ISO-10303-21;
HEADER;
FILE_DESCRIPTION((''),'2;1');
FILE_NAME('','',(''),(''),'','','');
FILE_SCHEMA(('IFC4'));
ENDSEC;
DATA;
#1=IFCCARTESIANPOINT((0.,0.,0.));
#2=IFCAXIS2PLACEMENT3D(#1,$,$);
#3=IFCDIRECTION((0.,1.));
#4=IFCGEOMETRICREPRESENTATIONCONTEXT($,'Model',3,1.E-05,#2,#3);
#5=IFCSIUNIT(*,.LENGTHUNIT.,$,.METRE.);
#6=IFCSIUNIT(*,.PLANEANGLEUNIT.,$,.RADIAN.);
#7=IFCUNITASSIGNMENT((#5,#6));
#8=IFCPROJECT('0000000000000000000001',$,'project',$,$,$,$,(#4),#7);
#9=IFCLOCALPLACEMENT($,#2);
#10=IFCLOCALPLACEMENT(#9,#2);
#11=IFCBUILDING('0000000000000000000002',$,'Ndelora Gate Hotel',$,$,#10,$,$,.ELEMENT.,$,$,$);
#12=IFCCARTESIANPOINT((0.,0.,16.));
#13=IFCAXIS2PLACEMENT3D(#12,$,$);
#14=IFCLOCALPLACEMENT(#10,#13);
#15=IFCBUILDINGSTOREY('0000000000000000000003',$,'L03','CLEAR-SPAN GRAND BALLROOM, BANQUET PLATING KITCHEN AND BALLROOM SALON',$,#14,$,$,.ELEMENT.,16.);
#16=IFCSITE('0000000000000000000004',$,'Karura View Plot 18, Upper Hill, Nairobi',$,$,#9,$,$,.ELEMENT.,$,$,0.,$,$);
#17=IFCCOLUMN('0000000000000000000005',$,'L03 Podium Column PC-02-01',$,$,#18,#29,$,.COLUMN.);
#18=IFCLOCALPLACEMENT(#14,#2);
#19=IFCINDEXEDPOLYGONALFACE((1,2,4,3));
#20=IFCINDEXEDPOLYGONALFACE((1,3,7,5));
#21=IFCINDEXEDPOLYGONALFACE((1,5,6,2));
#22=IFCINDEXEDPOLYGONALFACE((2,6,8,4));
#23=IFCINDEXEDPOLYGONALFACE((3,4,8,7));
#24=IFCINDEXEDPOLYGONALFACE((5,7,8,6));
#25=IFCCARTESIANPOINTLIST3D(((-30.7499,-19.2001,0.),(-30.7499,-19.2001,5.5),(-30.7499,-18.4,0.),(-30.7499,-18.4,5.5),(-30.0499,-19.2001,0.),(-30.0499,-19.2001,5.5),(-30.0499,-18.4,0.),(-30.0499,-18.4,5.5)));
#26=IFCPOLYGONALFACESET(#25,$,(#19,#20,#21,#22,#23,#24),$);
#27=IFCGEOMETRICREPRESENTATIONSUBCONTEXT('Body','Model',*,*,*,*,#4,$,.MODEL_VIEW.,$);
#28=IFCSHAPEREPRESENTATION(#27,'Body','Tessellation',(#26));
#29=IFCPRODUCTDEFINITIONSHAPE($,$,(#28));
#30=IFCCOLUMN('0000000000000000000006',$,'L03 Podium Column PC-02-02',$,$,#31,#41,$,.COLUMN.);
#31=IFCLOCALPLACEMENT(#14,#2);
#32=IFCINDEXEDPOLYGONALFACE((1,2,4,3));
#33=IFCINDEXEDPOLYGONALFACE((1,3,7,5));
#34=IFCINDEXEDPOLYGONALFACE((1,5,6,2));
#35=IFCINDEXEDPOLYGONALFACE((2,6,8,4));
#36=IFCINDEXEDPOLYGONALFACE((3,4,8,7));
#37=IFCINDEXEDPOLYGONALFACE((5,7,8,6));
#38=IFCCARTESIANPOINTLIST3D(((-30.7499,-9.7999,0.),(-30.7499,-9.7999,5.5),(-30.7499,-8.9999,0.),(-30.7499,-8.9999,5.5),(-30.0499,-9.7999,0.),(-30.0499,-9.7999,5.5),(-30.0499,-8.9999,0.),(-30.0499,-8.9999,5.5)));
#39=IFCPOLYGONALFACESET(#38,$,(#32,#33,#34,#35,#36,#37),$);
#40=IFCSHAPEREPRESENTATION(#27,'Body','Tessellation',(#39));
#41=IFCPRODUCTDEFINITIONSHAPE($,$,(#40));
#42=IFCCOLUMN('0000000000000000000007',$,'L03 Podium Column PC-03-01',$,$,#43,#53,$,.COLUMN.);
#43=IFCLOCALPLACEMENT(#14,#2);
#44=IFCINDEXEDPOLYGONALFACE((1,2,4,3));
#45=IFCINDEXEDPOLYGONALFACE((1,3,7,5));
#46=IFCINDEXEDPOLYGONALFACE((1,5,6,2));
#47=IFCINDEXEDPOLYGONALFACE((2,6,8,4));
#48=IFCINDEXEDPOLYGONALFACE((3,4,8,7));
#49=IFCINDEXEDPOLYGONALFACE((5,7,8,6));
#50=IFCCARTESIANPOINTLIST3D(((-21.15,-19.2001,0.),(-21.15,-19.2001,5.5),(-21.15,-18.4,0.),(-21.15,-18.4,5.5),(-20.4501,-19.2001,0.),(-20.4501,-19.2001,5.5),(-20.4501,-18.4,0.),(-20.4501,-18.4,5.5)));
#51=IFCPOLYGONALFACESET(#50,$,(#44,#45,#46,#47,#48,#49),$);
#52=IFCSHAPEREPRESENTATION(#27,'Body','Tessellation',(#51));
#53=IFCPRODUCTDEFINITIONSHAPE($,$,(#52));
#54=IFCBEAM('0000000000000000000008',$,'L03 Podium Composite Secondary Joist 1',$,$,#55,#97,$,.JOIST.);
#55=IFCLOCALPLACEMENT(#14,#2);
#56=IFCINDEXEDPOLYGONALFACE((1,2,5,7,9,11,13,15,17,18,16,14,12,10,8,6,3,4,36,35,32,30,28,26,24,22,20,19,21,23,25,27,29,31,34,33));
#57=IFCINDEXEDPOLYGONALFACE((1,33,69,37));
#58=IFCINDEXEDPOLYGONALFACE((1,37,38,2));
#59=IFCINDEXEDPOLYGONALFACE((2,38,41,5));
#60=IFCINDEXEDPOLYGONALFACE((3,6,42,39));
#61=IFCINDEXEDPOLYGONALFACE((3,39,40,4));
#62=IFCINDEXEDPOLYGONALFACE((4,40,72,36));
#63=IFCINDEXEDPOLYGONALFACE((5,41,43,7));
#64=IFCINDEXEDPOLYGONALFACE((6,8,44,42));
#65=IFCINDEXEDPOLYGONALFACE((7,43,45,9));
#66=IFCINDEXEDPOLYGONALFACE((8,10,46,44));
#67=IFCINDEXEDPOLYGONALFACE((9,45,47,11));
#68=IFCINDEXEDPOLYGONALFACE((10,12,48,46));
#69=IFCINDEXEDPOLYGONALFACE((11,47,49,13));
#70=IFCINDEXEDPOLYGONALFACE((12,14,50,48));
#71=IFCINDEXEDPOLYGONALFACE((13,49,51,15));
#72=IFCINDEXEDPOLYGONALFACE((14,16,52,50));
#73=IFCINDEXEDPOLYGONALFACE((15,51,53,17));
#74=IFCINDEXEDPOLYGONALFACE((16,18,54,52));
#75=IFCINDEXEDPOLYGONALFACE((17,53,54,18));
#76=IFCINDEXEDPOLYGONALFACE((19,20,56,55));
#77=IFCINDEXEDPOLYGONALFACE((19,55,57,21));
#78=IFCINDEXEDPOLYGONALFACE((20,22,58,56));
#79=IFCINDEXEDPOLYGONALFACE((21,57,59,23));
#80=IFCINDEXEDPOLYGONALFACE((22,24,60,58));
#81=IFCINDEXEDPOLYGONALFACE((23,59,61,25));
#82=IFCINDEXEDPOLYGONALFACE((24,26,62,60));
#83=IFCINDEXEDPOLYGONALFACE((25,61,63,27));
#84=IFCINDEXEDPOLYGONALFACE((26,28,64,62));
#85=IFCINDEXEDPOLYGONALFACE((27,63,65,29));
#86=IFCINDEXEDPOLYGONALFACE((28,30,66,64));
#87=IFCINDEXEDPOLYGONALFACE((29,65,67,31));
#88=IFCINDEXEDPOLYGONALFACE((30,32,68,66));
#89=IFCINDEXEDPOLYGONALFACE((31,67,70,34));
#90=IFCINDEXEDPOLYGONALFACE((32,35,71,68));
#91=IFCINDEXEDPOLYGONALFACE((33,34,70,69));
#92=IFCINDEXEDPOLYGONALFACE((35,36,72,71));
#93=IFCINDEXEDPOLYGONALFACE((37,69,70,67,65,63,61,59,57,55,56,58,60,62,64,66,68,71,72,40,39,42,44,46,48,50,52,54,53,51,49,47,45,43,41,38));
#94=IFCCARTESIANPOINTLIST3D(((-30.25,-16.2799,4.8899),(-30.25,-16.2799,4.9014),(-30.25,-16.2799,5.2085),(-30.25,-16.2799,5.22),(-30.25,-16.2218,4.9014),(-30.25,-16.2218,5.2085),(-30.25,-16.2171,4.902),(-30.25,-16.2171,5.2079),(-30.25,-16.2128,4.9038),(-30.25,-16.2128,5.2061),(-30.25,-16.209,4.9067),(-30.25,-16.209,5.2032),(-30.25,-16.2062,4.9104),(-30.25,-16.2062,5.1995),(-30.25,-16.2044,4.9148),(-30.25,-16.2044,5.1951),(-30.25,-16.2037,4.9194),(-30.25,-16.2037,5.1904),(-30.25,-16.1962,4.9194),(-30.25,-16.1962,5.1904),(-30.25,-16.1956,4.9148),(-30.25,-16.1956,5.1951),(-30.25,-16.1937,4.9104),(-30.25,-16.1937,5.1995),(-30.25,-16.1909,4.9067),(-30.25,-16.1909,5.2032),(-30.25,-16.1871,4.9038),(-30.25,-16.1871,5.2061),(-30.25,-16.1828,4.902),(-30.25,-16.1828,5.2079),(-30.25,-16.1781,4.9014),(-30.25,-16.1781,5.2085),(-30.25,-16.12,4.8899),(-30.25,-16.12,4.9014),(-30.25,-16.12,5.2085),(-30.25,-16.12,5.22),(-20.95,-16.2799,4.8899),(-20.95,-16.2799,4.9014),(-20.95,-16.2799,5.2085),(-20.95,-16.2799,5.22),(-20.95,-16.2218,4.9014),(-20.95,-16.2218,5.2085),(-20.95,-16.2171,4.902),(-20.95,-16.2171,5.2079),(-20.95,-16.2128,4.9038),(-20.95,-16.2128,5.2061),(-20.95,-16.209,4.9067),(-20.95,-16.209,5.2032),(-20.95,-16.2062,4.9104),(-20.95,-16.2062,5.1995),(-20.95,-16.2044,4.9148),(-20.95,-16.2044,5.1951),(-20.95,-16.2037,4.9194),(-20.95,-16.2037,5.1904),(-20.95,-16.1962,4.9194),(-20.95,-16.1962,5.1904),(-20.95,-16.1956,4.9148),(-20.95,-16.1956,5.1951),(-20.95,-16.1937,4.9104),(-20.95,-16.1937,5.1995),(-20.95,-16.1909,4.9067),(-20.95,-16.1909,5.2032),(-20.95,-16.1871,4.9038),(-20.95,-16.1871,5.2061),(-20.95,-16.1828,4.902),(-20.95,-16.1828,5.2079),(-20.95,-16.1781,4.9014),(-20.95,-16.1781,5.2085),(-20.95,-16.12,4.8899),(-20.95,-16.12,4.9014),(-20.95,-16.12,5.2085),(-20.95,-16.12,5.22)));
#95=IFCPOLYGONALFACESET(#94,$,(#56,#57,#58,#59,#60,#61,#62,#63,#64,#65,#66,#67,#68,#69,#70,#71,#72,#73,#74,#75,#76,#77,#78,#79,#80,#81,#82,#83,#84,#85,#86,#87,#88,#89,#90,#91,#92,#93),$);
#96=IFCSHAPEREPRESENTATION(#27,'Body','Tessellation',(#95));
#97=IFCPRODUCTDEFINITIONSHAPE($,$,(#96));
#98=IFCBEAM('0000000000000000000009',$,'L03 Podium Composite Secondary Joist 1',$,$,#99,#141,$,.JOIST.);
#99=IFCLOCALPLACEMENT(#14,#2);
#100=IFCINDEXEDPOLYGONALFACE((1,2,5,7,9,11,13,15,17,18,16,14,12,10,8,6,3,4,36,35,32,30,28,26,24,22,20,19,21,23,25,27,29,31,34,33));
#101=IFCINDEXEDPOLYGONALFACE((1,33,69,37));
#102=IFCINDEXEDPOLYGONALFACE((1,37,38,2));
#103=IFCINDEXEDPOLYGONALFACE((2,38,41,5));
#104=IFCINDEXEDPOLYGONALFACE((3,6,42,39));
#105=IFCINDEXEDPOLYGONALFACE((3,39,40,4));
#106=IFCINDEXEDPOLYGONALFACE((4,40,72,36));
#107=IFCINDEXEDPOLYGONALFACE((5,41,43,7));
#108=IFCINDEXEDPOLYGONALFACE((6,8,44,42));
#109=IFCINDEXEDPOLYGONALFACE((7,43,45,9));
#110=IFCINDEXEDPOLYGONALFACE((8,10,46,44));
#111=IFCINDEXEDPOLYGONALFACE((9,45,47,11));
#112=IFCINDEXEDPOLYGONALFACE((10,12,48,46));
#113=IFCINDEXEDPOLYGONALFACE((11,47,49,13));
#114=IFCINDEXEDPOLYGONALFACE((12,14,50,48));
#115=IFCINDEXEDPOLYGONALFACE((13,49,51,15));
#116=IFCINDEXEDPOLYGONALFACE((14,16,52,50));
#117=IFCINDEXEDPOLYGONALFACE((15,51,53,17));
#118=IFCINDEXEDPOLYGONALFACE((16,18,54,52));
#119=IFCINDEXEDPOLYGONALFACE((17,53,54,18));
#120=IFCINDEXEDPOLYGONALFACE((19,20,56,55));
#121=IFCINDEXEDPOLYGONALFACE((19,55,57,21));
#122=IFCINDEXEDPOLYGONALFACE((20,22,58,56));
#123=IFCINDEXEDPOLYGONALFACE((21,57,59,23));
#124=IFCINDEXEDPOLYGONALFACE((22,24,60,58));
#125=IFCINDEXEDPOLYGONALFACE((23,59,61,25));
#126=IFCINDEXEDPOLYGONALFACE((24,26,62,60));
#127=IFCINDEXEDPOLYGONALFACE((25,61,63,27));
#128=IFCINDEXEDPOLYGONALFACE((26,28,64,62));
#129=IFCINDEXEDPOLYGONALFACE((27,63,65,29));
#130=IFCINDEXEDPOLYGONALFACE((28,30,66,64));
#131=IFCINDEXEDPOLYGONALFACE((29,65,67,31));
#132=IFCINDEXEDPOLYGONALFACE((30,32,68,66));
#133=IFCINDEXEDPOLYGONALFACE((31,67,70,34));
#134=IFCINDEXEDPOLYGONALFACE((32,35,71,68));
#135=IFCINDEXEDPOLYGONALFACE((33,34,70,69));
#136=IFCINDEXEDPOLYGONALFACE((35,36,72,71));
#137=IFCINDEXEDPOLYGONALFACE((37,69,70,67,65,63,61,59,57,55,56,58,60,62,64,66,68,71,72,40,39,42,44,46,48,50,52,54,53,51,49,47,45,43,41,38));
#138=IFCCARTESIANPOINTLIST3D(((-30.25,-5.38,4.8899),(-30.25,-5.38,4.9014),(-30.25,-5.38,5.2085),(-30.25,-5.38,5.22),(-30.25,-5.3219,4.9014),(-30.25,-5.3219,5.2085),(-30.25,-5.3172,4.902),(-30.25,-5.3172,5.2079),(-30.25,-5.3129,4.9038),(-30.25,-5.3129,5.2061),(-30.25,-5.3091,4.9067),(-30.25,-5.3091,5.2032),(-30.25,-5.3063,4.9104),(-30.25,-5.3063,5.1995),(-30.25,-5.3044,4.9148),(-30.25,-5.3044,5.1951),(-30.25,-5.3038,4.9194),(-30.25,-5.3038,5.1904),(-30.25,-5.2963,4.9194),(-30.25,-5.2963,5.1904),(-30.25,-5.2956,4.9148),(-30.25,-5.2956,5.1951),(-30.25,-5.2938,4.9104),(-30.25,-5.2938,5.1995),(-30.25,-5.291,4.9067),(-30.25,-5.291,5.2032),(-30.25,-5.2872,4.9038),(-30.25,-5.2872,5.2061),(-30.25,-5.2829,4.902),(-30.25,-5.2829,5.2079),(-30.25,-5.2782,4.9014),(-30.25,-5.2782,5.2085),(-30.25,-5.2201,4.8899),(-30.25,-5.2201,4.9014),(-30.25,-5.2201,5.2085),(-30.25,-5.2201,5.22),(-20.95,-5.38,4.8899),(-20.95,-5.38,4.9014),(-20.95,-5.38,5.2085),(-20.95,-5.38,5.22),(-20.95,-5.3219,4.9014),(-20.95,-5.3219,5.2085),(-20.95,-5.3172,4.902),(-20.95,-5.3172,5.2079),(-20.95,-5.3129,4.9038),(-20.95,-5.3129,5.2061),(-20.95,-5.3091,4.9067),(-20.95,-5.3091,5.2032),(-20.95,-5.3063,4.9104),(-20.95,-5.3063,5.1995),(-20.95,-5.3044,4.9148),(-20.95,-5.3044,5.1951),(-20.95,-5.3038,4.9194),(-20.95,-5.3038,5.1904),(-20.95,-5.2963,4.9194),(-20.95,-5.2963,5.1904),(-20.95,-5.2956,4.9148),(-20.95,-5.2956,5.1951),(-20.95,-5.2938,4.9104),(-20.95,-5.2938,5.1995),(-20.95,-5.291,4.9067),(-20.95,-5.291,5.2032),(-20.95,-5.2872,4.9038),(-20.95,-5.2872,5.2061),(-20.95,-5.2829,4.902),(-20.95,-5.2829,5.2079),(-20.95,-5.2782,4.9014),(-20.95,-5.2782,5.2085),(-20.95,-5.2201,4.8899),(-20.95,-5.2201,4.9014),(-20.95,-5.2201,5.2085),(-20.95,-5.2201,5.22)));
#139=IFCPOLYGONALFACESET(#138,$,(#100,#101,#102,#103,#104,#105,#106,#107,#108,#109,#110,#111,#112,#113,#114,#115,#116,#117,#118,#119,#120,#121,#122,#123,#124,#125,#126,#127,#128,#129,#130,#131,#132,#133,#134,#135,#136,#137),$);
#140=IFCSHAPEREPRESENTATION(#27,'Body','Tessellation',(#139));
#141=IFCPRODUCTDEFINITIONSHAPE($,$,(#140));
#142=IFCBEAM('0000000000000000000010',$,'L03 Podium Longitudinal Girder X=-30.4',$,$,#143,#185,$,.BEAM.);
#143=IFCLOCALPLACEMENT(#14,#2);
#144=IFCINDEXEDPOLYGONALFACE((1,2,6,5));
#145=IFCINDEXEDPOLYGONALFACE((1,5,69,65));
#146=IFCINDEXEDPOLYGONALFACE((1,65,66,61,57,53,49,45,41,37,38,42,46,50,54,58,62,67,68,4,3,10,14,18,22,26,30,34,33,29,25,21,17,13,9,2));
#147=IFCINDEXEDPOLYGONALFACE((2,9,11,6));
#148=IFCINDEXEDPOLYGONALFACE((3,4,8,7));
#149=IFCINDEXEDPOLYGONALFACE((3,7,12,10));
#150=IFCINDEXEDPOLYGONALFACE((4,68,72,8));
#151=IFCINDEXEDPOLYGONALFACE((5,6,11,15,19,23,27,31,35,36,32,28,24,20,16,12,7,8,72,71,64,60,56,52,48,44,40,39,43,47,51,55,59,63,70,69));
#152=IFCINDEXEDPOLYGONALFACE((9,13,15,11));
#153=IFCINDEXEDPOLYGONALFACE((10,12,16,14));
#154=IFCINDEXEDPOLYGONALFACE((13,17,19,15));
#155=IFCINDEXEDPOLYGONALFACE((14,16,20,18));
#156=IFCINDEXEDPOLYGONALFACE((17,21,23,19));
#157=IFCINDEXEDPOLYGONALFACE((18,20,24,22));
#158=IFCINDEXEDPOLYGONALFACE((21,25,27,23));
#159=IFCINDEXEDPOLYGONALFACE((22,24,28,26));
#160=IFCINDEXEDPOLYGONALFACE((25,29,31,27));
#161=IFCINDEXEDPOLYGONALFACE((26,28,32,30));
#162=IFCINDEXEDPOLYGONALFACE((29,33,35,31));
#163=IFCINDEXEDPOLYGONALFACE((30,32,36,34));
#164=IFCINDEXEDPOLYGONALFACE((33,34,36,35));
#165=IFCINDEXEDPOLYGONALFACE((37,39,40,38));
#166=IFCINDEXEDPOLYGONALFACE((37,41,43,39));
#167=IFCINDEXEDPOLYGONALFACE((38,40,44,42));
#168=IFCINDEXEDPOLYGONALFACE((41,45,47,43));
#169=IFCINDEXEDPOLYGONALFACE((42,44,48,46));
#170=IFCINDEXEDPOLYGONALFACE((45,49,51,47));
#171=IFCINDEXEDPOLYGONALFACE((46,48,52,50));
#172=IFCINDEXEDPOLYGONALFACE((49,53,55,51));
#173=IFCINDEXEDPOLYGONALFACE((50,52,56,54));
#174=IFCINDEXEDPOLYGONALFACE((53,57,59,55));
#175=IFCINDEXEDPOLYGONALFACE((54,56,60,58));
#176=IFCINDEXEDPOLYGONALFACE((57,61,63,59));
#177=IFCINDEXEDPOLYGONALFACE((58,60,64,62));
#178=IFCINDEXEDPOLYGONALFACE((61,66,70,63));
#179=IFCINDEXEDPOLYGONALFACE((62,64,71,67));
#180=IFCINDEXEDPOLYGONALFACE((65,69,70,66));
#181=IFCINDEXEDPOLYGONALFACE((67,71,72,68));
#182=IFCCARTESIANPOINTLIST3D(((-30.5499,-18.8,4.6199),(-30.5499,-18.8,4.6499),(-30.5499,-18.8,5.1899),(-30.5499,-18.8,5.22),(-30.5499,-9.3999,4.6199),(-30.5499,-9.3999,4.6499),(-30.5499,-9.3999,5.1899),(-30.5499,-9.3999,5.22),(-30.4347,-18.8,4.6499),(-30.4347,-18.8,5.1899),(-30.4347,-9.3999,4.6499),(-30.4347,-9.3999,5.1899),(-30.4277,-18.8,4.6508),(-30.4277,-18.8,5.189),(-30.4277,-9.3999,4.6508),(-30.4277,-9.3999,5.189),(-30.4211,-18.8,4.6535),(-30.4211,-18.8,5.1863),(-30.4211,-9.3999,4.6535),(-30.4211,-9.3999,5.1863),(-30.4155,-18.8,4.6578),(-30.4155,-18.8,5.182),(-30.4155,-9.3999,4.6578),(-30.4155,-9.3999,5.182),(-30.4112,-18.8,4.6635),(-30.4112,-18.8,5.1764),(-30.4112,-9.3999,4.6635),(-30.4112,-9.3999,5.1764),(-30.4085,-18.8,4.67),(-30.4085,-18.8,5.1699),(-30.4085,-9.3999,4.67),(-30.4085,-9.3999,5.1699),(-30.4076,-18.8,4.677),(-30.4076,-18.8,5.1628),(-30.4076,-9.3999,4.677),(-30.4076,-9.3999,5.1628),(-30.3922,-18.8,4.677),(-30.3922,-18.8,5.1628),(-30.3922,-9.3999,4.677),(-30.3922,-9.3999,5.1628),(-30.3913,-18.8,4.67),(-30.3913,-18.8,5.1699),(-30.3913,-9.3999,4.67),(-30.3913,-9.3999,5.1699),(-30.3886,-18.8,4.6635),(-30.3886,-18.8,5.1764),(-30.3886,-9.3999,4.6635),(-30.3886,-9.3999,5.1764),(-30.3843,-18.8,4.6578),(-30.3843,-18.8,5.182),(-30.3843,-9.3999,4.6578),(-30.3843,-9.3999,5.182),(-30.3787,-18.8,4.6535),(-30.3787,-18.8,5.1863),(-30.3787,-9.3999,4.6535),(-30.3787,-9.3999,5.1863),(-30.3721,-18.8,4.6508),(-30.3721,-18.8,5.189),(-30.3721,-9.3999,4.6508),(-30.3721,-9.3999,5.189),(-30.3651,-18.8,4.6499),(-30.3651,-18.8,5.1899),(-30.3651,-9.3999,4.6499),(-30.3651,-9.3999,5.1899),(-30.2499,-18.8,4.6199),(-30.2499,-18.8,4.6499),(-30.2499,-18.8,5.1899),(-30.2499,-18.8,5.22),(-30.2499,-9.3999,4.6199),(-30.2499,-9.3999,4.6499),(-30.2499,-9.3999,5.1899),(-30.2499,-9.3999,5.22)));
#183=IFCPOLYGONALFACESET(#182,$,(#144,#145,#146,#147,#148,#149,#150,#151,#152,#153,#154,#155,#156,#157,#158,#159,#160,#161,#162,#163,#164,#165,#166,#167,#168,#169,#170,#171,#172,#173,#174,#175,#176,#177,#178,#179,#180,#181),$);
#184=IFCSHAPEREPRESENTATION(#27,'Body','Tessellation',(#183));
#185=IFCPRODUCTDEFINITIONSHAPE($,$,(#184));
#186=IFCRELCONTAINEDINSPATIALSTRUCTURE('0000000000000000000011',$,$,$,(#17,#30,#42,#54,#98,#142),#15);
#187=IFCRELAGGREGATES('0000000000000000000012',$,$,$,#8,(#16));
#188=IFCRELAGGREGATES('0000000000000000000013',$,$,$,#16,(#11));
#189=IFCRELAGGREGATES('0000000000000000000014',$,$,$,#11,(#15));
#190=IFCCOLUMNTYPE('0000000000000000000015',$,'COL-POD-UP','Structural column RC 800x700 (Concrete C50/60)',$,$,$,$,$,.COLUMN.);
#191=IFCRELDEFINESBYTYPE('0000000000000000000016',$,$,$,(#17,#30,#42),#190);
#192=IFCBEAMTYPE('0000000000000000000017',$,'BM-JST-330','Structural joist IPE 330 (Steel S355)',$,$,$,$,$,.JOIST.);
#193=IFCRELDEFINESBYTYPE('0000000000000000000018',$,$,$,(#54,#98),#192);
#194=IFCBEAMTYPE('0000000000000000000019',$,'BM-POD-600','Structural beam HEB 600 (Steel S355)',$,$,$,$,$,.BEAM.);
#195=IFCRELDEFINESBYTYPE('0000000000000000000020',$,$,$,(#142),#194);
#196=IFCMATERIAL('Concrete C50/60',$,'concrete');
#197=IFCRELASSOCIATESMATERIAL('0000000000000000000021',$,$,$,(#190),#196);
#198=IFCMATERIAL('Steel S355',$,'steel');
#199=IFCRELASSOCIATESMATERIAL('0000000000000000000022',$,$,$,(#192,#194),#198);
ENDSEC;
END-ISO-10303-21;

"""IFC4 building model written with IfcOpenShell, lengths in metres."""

from ifc_helpers import new_model, si_unit, direction, frame, origin, origin_2d, place, context, subcontext, project, spatial, rectangle, i_section, extrude, material, material_profile, profile_set, type_object, element, save


model = new_model("IFC4")

# Units and contexts
model_context = context("Model", 3, precision=1e-05, world=origin(), true_north=direction((0.0, 1.0)))
body_context = subcontext(model_context, "Body", "Model", "MODEL_VIEW")
ifc_project = project(units=[si_unit("LENGTHUNIT", "METRE"), si_unit("PLANEANGLEUNIT", "RADIAN")], contexts=[model_context])

# Site, building, storey
site_placement = place(None, origin())
site = spatial("IfcSite", under=ifc_project, at=site_placement, Name="Karura View Plot 18, Upper Hill, Nairobi", CompositionType="ELEMENT", RefElevation=0.0)
building_placement = place(site_placement, origin())
building = spatial("IfcBuilding", under=site, at=building_placement, Name="Ndelora Gate Hotel", CompositionType="ELEMENT")
storey_placement = place(building_placement, frame((0.0, 0.0, 16.0)))
storey = spatial("IfcBuildingStorey", under=building, at=storey_placement, Name="L03", Description="CLEAR-SPAN GRAND BALLROOM, BANQUET PLATING KITCHEN AND BALLROOM SALON", CompositionType="ELEMENT", Elevation=16.0)

# Columns
ifc_material_1 = material(Name="Concrete C50/60", Category="concrete")
ifc_material_profile_1 = material_profile(ifc_material_1, rectangle(XDim=0.7, YDim=0.8, at=origin_2d()), Name="RC 800x700")
ifc_profile_set_1 = profile_set([ifc_material_profile_1], Name="Concrete C50/60")
column_type = type_object("IfcColumnType", Name="COL-POD-UP", Description="Structural column RC 800x700 (Concrete C50/60)", PredefinedType="COLUMN", material=ifc_profile_set_1)
for number, where, z_axis, x_axis, name in (
    (1, (-30.3999, -18.8, 0.0), (0.0, 0.0, 1.0), (1.0, 0.0, 0.0), "L03 Podium Column PC-02-01"),
    (2, (-30.3999, -9.3999, 0.0), (0.0, 0.0, 1.0), (1.0, 0.0, 0.0), "L03 Podium Column PC-02-02"),
    (3, (-20.8, -18.8, 0.0), (0.0, 0.0, 1.0), (1.0, 0.0, 0.0), "L03 Podium Column PC-03-01"),
):
    element("IfcColumn", number, at=place(storey_placement, frame(where, z_axis=z_axis, x_axis=x_axis)), inside=storey, type_object=column_type, Name=name, PredefinedType="COLUMN", context=body_context, shape_type="SweptSolid", body=[
        extrude(rectangle(XDim=0.7, YDim=0.8, at=origin_2d()), origin(), (0.0, 0.0, 1.0), 5.5),
    ])

# Beams
ifc_material_2 = material(Name="Steel S355", Category="steel")
ifc_material_profile_2 = material_profile(ifc_material_2, i_section(OverallWidth=0.1599, OverallDepth=0.3301, WebThickness=0.0076, FlangeThickness=0.0115, FilletRadius=0.0181, at=origin_2d()), Name="IPE 330")
ifc_profile_set_2 = profile_set([ifc_material_profile_2], Name="Steel S355")
beam_type_1 = type_object("IfcBeamType", Name="BM-JST-330", Description="Structural joist IPE 330 (Steel S355)", PredefinedType="JOIST", material=ifc_profile_set_2)
for number, where, z_axis, x_axis, name in (
    (4, (-30.25, -16.2, 5.0549), (1.0, 0.0, 0.0), (0.0, 1.0, 0.0), "L03 Podium Composite Secondary Joist 1"),
    (5, (-30.25, -5.3, 5.0549), (1.0, 0.0, 0.0), (0.0, 1.0, 0.0), "L03 Podium Composite Secondary Joist 1"),
):
    element("IfcBeam", number, at=place(storey_placement, frame(where, z_axis=z_axis, x_axis=x_axis)), inside=storey, type_object=beam_type_1, Name=name, PredefinedType="JOIST", context=body_context, shape_type="SweptSolid", body=[
        extrude(i_section(OverallWidth=0.1599, OverallDepth=0.3301, WebThickness=0.0076, FlangeThickness=0.0115, FilletRadius=0.0181, at=origin_2d()), origin(), (0.0, 0.0, 1.0), 9.3),
    ])
ifc_material_profile_3 = material_profile(ifc_material_2, i_section(OverallWidth=0.3, OverallDepth=0.6001, WebThickness=0.0154, FlangeThickness=0.03, FilletRadius=0.0271, at=origin_2d()), Name="HEB 600")
ifc_profile_set_3 = profile_set([ifc_material_profile_3], Name="Steel S355")
beam_type_2 = type_object("IfcBeamType", Name="BM-POD-600", Description="Structural beam HEB 600 (Steel S355)", PredefinedType="BEAM", material=ifc_profile_set_3)
beam_1_placement = place(storey_placement, frame((-30.3999, -18.8, 4.9199), z_axis=(0.0, 1.0, 0.0), x_axis=(-1.0, 0.0, 0.0)))
element("IfcBeam", 6, at=beam_1_placement, inside=storey, type_object=beam_type_2, Name="L03 Podium Longitudinal Girder X=-30.4", PredefinedType="BEAM", context=body_context, shape_type="SweptSolid", body=[
    extrude(i_section(OverallWidth=0.3, OverallDepth=0.6001, WebThickness=0.0154, FlangeThickness=0.03, FilletRadius=0.0271, at=origin_2d()), origin(), (0.0, 0.0, 1.0), 9.4001),
])

save(model, "model.ifc")
